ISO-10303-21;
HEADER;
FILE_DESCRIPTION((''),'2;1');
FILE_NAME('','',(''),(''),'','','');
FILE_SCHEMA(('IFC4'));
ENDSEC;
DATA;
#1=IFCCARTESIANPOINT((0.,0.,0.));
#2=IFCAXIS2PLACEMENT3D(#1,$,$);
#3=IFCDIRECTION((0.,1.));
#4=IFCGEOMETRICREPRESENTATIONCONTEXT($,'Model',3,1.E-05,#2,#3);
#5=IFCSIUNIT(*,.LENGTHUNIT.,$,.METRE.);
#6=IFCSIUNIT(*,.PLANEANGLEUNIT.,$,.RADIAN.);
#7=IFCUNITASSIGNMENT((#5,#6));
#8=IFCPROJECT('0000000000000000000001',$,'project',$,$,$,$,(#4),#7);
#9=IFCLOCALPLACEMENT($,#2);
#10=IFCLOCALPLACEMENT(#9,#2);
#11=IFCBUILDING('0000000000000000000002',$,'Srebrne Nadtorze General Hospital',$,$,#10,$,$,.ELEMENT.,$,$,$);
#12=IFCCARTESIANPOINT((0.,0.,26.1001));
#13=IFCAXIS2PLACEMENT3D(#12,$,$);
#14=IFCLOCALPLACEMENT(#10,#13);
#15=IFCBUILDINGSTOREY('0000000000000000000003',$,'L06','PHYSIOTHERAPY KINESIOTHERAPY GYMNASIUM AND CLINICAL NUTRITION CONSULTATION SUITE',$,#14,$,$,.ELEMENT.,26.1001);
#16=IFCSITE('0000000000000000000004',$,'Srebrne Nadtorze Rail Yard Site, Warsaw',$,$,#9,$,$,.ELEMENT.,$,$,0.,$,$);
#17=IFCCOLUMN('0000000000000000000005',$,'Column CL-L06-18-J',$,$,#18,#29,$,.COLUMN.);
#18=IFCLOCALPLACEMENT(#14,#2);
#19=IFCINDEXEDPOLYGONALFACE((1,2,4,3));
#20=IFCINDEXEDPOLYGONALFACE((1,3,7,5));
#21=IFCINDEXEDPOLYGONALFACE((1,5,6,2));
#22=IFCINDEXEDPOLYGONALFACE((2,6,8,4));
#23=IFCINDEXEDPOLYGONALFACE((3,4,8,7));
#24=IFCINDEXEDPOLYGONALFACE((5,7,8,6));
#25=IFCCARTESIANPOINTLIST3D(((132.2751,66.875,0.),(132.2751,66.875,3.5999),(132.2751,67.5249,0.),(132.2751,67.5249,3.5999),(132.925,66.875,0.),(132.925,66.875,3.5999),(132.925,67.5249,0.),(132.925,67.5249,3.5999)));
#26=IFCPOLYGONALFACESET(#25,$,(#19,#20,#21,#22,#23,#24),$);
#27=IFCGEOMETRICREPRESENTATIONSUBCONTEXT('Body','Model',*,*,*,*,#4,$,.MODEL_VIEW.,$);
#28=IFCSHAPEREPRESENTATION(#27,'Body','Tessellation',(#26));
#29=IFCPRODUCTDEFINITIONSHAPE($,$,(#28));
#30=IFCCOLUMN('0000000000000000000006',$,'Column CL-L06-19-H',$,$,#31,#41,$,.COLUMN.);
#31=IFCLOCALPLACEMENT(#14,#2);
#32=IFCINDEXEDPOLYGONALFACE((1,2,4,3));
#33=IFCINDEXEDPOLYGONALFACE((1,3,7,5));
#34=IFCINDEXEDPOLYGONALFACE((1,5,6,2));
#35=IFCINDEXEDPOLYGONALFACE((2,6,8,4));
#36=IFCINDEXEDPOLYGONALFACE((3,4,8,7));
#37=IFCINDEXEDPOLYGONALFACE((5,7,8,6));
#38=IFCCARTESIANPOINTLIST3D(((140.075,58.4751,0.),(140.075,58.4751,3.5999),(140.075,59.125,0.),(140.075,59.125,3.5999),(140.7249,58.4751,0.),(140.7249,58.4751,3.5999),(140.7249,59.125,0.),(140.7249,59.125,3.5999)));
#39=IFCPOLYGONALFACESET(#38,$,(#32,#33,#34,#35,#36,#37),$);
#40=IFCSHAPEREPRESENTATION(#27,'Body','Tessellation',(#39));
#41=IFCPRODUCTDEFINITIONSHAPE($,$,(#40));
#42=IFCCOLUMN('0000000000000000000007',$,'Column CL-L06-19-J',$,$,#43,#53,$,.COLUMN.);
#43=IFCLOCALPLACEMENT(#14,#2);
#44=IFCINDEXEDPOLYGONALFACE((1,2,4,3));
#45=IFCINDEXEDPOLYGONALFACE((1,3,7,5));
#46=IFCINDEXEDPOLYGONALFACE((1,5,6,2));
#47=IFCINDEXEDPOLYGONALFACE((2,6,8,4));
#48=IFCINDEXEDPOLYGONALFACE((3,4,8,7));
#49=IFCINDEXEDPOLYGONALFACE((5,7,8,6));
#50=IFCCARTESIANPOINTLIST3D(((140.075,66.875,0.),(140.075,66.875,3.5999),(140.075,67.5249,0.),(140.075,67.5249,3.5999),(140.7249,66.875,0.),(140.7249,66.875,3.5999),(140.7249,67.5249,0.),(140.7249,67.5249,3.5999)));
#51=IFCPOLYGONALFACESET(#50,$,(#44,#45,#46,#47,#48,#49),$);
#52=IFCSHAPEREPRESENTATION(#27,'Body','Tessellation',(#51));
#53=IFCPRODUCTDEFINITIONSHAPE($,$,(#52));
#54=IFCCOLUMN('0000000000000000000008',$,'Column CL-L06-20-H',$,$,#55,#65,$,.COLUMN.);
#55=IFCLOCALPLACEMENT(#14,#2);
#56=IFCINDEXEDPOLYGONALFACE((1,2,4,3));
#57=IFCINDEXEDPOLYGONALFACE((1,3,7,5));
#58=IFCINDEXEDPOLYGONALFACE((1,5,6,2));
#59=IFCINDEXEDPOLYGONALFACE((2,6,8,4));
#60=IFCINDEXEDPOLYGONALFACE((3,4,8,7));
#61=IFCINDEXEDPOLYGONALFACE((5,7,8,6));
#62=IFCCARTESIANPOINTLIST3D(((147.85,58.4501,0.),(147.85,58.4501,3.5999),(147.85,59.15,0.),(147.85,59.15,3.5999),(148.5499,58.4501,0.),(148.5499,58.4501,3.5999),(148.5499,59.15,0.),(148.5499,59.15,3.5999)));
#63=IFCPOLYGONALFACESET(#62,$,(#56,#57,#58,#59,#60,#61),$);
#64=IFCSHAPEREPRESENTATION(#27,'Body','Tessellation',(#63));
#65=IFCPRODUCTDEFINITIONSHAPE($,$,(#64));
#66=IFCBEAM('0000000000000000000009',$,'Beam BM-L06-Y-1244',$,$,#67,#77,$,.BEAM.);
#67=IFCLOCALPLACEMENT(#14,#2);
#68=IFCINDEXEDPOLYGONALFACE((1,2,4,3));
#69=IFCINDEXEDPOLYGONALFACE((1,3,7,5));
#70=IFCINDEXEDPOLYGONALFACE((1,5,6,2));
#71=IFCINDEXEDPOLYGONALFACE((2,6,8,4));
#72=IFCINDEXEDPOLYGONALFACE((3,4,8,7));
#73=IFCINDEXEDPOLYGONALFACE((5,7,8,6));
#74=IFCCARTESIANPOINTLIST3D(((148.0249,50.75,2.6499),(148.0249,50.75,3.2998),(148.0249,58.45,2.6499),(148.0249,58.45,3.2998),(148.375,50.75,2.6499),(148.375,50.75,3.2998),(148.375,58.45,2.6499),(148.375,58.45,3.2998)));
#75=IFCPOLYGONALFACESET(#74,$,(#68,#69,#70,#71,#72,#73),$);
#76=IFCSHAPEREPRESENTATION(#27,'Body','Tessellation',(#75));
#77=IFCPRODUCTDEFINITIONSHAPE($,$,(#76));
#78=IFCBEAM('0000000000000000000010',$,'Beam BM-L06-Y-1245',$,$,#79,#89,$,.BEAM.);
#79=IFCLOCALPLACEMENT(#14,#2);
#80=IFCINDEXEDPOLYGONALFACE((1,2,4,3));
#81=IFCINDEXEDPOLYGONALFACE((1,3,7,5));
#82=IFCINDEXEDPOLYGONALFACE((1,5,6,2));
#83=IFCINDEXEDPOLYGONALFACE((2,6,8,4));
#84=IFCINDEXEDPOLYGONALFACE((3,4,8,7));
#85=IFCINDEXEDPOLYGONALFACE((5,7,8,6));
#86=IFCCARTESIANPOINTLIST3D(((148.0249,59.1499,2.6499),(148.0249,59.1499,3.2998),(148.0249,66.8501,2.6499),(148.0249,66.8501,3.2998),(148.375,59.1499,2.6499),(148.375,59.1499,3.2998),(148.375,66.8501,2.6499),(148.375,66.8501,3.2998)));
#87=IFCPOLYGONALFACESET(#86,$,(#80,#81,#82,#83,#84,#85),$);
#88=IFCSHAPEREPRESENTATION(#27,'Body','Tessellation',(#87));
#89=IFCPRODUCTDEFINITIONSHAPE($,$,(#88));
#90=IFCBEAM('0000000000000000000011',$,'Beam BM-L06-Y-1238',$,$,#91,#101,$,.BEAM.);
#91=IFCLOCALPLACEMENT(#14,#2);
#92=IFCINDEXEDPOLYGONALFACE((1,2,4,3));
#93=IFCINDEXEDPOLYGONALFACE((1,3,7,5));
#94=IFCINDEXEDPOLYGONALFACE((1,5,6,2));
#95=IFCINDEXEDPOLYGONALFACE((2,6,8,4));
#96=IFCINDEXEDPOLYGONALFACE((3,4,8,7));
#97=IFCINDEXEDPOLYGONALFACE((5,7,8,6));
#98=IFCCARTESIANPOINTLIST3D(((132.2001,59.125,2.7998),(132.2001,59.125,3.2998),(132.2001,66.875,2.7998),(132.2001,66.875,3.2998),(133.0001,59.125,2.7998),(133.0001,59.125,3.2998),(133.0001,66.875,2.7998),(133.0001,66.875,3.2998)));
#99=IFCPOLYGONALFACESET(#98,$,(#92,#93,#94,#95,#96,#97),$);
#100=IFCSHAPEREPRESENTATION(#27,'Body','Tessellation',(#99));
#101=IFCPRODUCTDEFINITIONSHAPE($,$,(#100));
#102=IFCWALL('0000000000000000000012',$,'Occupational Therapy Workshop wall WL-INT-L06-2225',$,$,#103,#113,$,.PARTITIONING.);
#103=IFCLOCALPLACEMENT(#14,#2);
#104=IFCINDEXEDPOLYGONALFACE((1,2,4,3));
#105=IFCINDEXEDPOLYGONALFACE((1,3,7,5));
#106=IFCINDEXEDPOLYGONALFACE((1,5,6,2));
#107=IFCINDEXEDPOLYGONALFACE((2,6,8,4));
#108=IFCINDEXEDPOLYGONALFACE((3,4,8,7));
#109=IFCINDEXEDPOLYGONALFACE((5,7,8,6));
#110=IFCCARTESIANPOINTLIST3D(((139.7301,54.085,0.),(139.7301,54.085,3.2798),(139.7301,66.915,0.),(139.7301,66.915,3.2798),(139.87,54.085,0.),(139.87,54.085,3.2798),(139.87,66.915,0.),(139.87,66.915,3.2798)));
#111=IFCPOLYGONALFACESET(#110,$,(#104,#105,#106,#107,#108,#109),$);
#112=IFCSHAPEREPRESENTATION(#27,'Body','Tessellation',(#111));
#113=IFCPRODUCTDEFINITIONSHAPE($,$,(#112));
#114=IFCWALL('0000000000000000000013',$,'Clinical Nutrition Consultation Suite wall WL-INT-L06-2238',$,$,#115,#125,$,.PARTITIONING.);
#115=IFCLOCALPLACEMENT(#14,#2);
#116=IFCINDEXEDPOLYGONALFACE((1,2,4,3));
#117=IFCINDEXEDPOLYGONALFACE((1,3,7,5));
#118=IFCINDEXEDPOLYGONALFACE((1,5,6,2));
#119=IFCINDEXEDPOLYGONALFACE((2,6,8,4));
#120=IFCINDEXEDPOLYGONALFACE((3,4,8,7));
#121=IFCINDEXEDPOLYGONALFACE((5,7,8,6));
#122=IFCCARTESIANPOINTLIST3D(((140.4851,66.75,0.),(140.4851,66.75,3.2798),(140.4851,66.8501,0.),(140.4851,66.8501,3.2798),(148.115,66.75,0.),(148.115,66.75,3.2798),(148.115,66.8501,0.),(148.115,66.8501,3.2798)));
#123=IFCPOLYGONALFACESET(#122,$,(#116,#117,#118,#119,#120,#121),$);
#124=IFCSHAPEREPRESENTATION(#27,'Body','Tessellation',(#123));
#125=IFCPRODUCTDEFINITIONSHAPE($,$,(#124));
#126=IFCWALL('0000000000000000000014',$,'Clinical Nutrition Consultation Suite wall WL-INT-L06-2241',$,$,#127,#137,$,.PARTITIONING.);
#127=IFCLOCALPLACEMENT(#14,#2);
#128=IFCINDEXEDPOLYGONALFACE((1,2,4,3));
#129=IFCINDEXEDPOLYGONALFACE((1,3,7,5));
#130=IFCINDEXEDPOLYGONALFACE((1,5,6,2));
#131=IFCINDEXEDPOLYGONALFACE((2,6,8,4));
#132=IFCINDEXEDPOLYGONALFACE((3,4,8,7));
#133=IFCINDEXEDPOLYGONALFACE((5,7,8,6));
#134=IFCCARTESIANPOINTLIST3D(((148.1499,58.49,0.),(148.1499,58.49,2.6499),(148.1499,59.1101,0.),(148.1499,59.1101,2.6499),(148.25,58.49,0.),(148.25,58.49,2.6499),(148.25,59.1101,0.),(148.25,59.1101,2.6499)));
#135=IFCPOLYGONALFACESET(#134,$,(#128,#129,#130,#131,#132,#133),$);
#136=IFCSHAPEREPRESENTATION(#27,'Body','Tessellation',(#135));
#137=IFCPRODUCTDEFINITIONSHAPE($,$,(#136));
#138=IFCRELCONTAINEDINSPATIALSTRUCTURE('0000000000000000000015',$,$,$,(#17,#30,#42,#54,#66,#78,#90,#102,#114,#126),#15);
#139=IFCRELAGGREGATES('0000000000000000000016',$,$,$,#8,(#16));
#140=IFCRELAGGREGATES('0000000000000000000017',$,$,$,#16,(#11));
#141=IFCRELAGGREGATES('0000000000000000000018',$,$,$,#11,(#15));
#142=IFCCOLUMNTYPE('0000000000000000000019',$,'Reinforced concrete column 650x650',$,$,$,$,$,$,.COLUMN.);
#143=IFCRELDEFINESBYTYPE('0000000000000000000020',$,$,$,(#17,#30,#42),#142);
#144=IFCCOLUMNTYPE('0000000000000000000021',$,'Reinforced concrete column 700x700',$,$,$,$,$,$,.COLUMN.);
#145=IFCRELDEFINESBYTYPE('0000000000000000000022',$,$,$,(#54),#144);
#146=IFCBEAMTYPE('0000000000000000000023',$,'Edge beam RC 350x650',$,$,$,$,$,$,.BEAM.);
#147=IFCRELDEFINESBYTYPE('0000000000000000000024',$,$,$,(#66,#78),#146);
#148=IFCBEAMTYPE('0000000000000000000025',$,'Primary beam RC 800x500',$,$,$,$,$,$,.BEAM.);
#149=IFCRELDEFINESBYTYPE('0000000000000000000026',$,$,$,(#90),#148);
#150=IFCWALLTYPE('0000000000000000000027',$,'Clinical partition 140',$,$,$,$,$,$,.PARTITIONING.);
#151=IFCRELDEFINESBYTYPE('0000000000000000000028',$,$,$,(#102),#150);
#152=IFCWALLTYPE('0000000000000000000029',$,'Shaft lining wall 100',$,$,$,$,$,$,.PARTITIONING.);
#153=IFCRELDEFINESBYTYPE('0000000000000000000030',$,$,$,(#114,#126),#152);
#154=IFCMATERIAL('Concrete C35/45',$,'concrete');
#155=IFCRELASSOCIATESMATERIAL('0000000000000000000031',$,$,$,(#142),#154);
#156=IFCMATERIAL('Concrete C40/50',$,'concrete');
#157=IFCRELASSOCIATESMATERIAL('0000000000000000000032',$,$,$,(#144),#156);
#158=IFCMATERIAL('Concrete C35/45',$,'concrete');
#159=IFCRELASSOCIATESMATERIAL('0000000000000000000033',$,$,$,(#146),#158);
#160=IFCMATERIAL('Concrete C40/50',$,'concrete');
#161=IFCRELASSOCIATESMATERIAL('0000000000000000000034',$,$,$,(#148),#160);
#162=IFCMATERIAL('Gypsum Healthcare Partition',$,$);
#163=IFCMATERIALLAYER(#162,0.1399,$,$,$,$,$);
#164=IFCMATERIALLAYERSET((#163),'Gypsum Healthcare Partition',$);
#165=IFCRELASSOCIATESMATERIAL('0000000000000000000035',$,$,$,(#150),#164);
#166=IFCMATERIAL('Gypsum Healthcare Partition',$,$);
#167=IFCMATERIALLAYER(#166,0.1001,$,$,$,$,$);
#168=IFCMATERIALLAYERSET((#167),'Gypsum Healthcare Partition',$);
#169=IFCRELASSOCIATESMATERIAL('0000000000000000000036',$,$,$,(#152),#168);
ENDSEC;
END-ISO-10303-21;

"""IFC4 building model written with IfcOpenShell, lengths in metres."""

from ifc_helpers import new_model, si_unit, direction, frame, frame_2d, origin, origin_2d, place, context, subcontext, project, spatial, rectangle, extrude, material, layer, layer_set, material_profile, profile_set, type_object, element, save


model = new_model("IFC4")

# Units and contexts
model_context = context("Model", 3, precision=1e-05, world=origin(), true_north=direction((0.0, 1.0)))
body_context = subcontext(model_context, "Body", "Model", "MODEL_VIEW")
ifc_project = project(units=[si_unit("LENGTHUNIT", "METRE"), si_unit("PLANEANGLEUNIT", "RADIAN")], contexts=[model_context])

# Site, building, storey
site_placement = place(None, origin())
site = spatial("IfcSite", under=ifc_project, at=site_placement, Name="Srebrne Nadtorze Rail Yard Site, Warsaw", CompositionType="ELEMENT", RefElevation=0.0)
building_placement = place(site_placement, origin())
building = spatial("IfcBuilding", under=site, at=building_placement, Name="Srebrne Nadtorze General Hospital", CompositionType="ELEMENT")
storey_placement = place(building_placement, frame((0.0, 0.0, 26.1001)))
storey = spatial("IfcBuildingStorey", under=building, at=storey_placement, Name="L06", Description="PHYSIOTHERAPY KINESIOTHERAPY GYMNASIUM AND CLINICAL NUTRITION CONSULTATION SUITE", CompositionType="ELEMENT", Elevation=26.1001)

# Columns
ifc_material_1 = material(Name="Concrete C35/45", Category="concrete")
ifc_material_profile_1 = material_profile(ifc_material_1, rectangle(XDim=0.6499, YDim=0.6499, at=origin_2d()), Name="RC-COL-650x650")
ifc_profile_set_1 = profile_set([ifc_material_profile_1], Name="Concrete C35/45")
column_type_1 = type_object("IfcColumnType", Name="Reinforced concrete column 650x650", PredefinedType="COLUMN", material=ifc_profile_set_1)
for number, where, z_axis, x_axis, name in (
    (1, (132.6001, 67.2, 0.0), (0.0, 0.0, 1.0), (1.0, 0.0, 0.0), "Column CL-L06-18-J"),
    (2, (140.3999, 58.8, 0.0), (0.0, 0.0, 1.0), (1.0, 0.0, 0.0), "Column CL-L06-19-H"),
    (3, (140.3999, 67.2, 0.0), (0.0, 0.0, 1.0), (1.0, 0.0, 0.0), "Column CL-L06-19-J"),
):
    element("IfcColumn", number, at=place(storey_placement, frame(where, z_axis=z_axis, x_axis=x_axis)), inside=storey, type_object=column_type_1, Name=name, PredefinedType="COLUMN", context=body_context, shape_type="SweptSolid", body=[
        extrude(rectangle(XDim=0.6499, YDim=0.6499, at=origin_2d()), origin(), (0.0, 0.0, 1.0), 3.5999),
    ])
ifc_material_2 = material(Name="Concrete C40/50", Category="concrete")
ifc_material_profile_2 = material_profile(ifc_material_2, rectangle(XDim=0.7, YDim=0.7, at=origin_2d()), Name="RC-COL-700x700")
ifc_profile_set_2 = profile_set([ifc_material_profile_2], Name="Concrete C40/50")
column_type_2 = type_object("IfcColumnType", Name="Reinforced concrete column 700x700", PredefinedType="COLUMN", material=ifc_profile_set_2)
column_placement = place(storey_placement, frame((148.2, 58.8, 0.0), z_axis=(0.0, 0.0, 1.0), x_axis=(1.0, 0.0, 0.0)))
element("IfcColumn", 4, at=column_placement, inside=storey, type_object=column_type_2, Name="Column CL-L06-20-H", PredefinedType="COLUMN", context=body_context, shape_type="SweptSolid", body=[
    extrude(rectangle(XDim=0.7, YDim=0.7, at=origin_2d()), origin(), (0.0, 0.0, 1.0), 3.5999),
])

# Beams
ifc_material_3 = material(Name="Concrete C35/45", Category="concrete")
ifc_material_profile_3 = material_profile(ifc_material_3, rectangle(XDim=0.3501, YDim=0.6499, at=origin_2d()), Name="RC-BM-350x650")
ifc_profile_set_3 = profile_set([ifc_material_profile_3], Name="Concrete C35/45")
beam_type_1 = type_object("IfcBeamType", Name="Edge beam RC 350x650", PredefinedType="BEAM", material=ifc_profile_set_3)
beam_1_placement = place(storey_placement, frame((148.2, 50.75, 2.9749), z_axis=(0.0, 1.0, 0.0), x_axis=(-1.0, 0.0, 0.0)))
element("IfcBeam", 5, at=beam_1_placement, inside=storey, type_object=beam_type_1, Name="Beam BM-L06-Y-1244", PredefinedType="BEAM", context=body_context, shape_type="SweptSolid", body=[
    extrude(rectangle(XDim=0.3501, YDim=0.6499, at=origin_2d()), origin(), (0.0, 0.0, 1.0), 7.7),
])
beam_2_placement = place(storey_placement, frame((148.2, 59.1499, 2.9749), z_axis=(0.0, 1.0, 0.0), x_axis=(-1.0, 0.0, 0.0)))
element("IfcBeam", 6, at=beam_2_placement, inside=storey, type_object=beam_type_1, Name="Beam BM-L06-Y-1245", PredefinedType="BEAM", context=body_context, shape_type="SweptSolid", body=[
    extrude(rectangle(XDim=0.3501, YDim=0.6499, at=origin_2d()), origin(), (0.0, 0.0, 1.0), 7.7002),
])
ifc_material_4 = material(Name="Concrete C40/50", Category="concrete")
ifc_material_profile_4 = material_profile(ifc_material_4, rectangle(XDim=0.8, YDim=0.5, at=origin_2d()), Name="RC-BM-800x500")
ifc_profile_set_4 = profile_set([ifc_material_profile_4], Name="Concrete C40/50")
beam_type_2 = type_object("IfcBeamType", Name="Primary beam RC 800x500", PredefinedType="BEAM", material=ifc_profile_set_4)
beam_3_placement = place(storey_placement, frame((132.6001, 59.125, 3.0498), z_axis=(0.0, 1.0, 0.0), x_axis=(-1.0, 0.0, 0.0)))
element("IfcBeam", 7, at=beam_3_placement, inside=storey, type_object=beam_type_2, Name="Beam BM-L06-Y-1238", PredefinedType="BEAM", context=body_context, shape_type="SweptSolid", body=[
    extrude(rectangle(XDim=0.8, YDim=0.5, at=origin_2d()), origin(), (0.0, 0.0, 1.0), 7.75),
])

# Walls
ifc_material_5 = material(Name="Gypsum Healthcare Partition")
ifc_layer_1 = layer(ifc_material_5, 0.1399)
ifc_layer_set_1 = layer_set([ifc_layer_1], Name="Gypsum Healthcare Partition")
wall_type_1 = type_object("IfcWallType", Name="Clinical partition 140", PredefinedType="PARTITIONING", material=ifc_layer_set_1)
wall_1_placement = place(storey_placement, frame((139.8, 54.085, 0.0), z_axis=(0.0, 0.0, 1.0), x_axis=(0.0, 1.0, 0.0)))
element("IfcWall", 8, at=wall_1_placement, inside=storey, type_object=wall_type_1, Name="Occupational Therapy Workshop wall WL-INT-L06-2225", PredefinedType="PARTITIONING", context=body_context, shape_type="SweptSolid", body=[
    extrude(rectangle(XDim=12.8301, YDim=0.1399, at=frame_2d((6.415, 0.0))), origin(), (0.0, 0.0, 1.0), 3.2798),
])
ifc_material_6 = material(Name="Gypsum Healthcare Partition")
ifc_layer_2 = layer(ifc_material_6, 0.1001)
ifc_layer_set_2 = layer_set([ifc_layer_2], Name="Gypsum Healthcare Partition")
wall_type_2 = type_object("IfcWallType", Name="Shaft lining wall 100", PredefinedType="PARTITIONING", material=ifc_layer_set_2)
wall_2_placement = place(storey_placement, frame((140.4851, 66.8, 0.0), z_axis=(0.0, 0.0, 1.0), x_axis=(1.0, 0.0, 0.0)))
element("IfcWall", 9, at=wall_2_placement, inside=storey, type_object=wall_type_2, Name="Clinical Nutrition Consultation Suite wall WL-INT-L06-2238", PredefinedType="PARTITIONING", context=body_context, shape_type="SweptSolid", body=[
    extrude(rectangle(XDim=7.6299, YDim=0.1001, at=frame_2d((3.8149, 0.0))), origin(), (0.0, 0.0, 1.0), 3.2798),
])
wall_3_placement = place(storey_placement, frame((148.2, 58.49, 0.0), z_axis=(0.0, 0.0, 1.0), x_axis=(0.0, 1.0, 0.0)))
element("IfcWall", 10, at=wall_3_placement, inside=storey, type_object=wall_type_2, Name="Clinical Nutrition Consultation Suite wall WL-INT-L06-2241", PredefinedType="PARTITIONING", context=body_context, shape_type="SweptSolid", body=[
    extrude(rectangle(XDim=0.6201, YDim=0.1001, at=frame_2d((0.3101, 0.0))), origin(), (0.0, 0.0, 1.0), 2.6499),
])

save(model, "model.ifc")
